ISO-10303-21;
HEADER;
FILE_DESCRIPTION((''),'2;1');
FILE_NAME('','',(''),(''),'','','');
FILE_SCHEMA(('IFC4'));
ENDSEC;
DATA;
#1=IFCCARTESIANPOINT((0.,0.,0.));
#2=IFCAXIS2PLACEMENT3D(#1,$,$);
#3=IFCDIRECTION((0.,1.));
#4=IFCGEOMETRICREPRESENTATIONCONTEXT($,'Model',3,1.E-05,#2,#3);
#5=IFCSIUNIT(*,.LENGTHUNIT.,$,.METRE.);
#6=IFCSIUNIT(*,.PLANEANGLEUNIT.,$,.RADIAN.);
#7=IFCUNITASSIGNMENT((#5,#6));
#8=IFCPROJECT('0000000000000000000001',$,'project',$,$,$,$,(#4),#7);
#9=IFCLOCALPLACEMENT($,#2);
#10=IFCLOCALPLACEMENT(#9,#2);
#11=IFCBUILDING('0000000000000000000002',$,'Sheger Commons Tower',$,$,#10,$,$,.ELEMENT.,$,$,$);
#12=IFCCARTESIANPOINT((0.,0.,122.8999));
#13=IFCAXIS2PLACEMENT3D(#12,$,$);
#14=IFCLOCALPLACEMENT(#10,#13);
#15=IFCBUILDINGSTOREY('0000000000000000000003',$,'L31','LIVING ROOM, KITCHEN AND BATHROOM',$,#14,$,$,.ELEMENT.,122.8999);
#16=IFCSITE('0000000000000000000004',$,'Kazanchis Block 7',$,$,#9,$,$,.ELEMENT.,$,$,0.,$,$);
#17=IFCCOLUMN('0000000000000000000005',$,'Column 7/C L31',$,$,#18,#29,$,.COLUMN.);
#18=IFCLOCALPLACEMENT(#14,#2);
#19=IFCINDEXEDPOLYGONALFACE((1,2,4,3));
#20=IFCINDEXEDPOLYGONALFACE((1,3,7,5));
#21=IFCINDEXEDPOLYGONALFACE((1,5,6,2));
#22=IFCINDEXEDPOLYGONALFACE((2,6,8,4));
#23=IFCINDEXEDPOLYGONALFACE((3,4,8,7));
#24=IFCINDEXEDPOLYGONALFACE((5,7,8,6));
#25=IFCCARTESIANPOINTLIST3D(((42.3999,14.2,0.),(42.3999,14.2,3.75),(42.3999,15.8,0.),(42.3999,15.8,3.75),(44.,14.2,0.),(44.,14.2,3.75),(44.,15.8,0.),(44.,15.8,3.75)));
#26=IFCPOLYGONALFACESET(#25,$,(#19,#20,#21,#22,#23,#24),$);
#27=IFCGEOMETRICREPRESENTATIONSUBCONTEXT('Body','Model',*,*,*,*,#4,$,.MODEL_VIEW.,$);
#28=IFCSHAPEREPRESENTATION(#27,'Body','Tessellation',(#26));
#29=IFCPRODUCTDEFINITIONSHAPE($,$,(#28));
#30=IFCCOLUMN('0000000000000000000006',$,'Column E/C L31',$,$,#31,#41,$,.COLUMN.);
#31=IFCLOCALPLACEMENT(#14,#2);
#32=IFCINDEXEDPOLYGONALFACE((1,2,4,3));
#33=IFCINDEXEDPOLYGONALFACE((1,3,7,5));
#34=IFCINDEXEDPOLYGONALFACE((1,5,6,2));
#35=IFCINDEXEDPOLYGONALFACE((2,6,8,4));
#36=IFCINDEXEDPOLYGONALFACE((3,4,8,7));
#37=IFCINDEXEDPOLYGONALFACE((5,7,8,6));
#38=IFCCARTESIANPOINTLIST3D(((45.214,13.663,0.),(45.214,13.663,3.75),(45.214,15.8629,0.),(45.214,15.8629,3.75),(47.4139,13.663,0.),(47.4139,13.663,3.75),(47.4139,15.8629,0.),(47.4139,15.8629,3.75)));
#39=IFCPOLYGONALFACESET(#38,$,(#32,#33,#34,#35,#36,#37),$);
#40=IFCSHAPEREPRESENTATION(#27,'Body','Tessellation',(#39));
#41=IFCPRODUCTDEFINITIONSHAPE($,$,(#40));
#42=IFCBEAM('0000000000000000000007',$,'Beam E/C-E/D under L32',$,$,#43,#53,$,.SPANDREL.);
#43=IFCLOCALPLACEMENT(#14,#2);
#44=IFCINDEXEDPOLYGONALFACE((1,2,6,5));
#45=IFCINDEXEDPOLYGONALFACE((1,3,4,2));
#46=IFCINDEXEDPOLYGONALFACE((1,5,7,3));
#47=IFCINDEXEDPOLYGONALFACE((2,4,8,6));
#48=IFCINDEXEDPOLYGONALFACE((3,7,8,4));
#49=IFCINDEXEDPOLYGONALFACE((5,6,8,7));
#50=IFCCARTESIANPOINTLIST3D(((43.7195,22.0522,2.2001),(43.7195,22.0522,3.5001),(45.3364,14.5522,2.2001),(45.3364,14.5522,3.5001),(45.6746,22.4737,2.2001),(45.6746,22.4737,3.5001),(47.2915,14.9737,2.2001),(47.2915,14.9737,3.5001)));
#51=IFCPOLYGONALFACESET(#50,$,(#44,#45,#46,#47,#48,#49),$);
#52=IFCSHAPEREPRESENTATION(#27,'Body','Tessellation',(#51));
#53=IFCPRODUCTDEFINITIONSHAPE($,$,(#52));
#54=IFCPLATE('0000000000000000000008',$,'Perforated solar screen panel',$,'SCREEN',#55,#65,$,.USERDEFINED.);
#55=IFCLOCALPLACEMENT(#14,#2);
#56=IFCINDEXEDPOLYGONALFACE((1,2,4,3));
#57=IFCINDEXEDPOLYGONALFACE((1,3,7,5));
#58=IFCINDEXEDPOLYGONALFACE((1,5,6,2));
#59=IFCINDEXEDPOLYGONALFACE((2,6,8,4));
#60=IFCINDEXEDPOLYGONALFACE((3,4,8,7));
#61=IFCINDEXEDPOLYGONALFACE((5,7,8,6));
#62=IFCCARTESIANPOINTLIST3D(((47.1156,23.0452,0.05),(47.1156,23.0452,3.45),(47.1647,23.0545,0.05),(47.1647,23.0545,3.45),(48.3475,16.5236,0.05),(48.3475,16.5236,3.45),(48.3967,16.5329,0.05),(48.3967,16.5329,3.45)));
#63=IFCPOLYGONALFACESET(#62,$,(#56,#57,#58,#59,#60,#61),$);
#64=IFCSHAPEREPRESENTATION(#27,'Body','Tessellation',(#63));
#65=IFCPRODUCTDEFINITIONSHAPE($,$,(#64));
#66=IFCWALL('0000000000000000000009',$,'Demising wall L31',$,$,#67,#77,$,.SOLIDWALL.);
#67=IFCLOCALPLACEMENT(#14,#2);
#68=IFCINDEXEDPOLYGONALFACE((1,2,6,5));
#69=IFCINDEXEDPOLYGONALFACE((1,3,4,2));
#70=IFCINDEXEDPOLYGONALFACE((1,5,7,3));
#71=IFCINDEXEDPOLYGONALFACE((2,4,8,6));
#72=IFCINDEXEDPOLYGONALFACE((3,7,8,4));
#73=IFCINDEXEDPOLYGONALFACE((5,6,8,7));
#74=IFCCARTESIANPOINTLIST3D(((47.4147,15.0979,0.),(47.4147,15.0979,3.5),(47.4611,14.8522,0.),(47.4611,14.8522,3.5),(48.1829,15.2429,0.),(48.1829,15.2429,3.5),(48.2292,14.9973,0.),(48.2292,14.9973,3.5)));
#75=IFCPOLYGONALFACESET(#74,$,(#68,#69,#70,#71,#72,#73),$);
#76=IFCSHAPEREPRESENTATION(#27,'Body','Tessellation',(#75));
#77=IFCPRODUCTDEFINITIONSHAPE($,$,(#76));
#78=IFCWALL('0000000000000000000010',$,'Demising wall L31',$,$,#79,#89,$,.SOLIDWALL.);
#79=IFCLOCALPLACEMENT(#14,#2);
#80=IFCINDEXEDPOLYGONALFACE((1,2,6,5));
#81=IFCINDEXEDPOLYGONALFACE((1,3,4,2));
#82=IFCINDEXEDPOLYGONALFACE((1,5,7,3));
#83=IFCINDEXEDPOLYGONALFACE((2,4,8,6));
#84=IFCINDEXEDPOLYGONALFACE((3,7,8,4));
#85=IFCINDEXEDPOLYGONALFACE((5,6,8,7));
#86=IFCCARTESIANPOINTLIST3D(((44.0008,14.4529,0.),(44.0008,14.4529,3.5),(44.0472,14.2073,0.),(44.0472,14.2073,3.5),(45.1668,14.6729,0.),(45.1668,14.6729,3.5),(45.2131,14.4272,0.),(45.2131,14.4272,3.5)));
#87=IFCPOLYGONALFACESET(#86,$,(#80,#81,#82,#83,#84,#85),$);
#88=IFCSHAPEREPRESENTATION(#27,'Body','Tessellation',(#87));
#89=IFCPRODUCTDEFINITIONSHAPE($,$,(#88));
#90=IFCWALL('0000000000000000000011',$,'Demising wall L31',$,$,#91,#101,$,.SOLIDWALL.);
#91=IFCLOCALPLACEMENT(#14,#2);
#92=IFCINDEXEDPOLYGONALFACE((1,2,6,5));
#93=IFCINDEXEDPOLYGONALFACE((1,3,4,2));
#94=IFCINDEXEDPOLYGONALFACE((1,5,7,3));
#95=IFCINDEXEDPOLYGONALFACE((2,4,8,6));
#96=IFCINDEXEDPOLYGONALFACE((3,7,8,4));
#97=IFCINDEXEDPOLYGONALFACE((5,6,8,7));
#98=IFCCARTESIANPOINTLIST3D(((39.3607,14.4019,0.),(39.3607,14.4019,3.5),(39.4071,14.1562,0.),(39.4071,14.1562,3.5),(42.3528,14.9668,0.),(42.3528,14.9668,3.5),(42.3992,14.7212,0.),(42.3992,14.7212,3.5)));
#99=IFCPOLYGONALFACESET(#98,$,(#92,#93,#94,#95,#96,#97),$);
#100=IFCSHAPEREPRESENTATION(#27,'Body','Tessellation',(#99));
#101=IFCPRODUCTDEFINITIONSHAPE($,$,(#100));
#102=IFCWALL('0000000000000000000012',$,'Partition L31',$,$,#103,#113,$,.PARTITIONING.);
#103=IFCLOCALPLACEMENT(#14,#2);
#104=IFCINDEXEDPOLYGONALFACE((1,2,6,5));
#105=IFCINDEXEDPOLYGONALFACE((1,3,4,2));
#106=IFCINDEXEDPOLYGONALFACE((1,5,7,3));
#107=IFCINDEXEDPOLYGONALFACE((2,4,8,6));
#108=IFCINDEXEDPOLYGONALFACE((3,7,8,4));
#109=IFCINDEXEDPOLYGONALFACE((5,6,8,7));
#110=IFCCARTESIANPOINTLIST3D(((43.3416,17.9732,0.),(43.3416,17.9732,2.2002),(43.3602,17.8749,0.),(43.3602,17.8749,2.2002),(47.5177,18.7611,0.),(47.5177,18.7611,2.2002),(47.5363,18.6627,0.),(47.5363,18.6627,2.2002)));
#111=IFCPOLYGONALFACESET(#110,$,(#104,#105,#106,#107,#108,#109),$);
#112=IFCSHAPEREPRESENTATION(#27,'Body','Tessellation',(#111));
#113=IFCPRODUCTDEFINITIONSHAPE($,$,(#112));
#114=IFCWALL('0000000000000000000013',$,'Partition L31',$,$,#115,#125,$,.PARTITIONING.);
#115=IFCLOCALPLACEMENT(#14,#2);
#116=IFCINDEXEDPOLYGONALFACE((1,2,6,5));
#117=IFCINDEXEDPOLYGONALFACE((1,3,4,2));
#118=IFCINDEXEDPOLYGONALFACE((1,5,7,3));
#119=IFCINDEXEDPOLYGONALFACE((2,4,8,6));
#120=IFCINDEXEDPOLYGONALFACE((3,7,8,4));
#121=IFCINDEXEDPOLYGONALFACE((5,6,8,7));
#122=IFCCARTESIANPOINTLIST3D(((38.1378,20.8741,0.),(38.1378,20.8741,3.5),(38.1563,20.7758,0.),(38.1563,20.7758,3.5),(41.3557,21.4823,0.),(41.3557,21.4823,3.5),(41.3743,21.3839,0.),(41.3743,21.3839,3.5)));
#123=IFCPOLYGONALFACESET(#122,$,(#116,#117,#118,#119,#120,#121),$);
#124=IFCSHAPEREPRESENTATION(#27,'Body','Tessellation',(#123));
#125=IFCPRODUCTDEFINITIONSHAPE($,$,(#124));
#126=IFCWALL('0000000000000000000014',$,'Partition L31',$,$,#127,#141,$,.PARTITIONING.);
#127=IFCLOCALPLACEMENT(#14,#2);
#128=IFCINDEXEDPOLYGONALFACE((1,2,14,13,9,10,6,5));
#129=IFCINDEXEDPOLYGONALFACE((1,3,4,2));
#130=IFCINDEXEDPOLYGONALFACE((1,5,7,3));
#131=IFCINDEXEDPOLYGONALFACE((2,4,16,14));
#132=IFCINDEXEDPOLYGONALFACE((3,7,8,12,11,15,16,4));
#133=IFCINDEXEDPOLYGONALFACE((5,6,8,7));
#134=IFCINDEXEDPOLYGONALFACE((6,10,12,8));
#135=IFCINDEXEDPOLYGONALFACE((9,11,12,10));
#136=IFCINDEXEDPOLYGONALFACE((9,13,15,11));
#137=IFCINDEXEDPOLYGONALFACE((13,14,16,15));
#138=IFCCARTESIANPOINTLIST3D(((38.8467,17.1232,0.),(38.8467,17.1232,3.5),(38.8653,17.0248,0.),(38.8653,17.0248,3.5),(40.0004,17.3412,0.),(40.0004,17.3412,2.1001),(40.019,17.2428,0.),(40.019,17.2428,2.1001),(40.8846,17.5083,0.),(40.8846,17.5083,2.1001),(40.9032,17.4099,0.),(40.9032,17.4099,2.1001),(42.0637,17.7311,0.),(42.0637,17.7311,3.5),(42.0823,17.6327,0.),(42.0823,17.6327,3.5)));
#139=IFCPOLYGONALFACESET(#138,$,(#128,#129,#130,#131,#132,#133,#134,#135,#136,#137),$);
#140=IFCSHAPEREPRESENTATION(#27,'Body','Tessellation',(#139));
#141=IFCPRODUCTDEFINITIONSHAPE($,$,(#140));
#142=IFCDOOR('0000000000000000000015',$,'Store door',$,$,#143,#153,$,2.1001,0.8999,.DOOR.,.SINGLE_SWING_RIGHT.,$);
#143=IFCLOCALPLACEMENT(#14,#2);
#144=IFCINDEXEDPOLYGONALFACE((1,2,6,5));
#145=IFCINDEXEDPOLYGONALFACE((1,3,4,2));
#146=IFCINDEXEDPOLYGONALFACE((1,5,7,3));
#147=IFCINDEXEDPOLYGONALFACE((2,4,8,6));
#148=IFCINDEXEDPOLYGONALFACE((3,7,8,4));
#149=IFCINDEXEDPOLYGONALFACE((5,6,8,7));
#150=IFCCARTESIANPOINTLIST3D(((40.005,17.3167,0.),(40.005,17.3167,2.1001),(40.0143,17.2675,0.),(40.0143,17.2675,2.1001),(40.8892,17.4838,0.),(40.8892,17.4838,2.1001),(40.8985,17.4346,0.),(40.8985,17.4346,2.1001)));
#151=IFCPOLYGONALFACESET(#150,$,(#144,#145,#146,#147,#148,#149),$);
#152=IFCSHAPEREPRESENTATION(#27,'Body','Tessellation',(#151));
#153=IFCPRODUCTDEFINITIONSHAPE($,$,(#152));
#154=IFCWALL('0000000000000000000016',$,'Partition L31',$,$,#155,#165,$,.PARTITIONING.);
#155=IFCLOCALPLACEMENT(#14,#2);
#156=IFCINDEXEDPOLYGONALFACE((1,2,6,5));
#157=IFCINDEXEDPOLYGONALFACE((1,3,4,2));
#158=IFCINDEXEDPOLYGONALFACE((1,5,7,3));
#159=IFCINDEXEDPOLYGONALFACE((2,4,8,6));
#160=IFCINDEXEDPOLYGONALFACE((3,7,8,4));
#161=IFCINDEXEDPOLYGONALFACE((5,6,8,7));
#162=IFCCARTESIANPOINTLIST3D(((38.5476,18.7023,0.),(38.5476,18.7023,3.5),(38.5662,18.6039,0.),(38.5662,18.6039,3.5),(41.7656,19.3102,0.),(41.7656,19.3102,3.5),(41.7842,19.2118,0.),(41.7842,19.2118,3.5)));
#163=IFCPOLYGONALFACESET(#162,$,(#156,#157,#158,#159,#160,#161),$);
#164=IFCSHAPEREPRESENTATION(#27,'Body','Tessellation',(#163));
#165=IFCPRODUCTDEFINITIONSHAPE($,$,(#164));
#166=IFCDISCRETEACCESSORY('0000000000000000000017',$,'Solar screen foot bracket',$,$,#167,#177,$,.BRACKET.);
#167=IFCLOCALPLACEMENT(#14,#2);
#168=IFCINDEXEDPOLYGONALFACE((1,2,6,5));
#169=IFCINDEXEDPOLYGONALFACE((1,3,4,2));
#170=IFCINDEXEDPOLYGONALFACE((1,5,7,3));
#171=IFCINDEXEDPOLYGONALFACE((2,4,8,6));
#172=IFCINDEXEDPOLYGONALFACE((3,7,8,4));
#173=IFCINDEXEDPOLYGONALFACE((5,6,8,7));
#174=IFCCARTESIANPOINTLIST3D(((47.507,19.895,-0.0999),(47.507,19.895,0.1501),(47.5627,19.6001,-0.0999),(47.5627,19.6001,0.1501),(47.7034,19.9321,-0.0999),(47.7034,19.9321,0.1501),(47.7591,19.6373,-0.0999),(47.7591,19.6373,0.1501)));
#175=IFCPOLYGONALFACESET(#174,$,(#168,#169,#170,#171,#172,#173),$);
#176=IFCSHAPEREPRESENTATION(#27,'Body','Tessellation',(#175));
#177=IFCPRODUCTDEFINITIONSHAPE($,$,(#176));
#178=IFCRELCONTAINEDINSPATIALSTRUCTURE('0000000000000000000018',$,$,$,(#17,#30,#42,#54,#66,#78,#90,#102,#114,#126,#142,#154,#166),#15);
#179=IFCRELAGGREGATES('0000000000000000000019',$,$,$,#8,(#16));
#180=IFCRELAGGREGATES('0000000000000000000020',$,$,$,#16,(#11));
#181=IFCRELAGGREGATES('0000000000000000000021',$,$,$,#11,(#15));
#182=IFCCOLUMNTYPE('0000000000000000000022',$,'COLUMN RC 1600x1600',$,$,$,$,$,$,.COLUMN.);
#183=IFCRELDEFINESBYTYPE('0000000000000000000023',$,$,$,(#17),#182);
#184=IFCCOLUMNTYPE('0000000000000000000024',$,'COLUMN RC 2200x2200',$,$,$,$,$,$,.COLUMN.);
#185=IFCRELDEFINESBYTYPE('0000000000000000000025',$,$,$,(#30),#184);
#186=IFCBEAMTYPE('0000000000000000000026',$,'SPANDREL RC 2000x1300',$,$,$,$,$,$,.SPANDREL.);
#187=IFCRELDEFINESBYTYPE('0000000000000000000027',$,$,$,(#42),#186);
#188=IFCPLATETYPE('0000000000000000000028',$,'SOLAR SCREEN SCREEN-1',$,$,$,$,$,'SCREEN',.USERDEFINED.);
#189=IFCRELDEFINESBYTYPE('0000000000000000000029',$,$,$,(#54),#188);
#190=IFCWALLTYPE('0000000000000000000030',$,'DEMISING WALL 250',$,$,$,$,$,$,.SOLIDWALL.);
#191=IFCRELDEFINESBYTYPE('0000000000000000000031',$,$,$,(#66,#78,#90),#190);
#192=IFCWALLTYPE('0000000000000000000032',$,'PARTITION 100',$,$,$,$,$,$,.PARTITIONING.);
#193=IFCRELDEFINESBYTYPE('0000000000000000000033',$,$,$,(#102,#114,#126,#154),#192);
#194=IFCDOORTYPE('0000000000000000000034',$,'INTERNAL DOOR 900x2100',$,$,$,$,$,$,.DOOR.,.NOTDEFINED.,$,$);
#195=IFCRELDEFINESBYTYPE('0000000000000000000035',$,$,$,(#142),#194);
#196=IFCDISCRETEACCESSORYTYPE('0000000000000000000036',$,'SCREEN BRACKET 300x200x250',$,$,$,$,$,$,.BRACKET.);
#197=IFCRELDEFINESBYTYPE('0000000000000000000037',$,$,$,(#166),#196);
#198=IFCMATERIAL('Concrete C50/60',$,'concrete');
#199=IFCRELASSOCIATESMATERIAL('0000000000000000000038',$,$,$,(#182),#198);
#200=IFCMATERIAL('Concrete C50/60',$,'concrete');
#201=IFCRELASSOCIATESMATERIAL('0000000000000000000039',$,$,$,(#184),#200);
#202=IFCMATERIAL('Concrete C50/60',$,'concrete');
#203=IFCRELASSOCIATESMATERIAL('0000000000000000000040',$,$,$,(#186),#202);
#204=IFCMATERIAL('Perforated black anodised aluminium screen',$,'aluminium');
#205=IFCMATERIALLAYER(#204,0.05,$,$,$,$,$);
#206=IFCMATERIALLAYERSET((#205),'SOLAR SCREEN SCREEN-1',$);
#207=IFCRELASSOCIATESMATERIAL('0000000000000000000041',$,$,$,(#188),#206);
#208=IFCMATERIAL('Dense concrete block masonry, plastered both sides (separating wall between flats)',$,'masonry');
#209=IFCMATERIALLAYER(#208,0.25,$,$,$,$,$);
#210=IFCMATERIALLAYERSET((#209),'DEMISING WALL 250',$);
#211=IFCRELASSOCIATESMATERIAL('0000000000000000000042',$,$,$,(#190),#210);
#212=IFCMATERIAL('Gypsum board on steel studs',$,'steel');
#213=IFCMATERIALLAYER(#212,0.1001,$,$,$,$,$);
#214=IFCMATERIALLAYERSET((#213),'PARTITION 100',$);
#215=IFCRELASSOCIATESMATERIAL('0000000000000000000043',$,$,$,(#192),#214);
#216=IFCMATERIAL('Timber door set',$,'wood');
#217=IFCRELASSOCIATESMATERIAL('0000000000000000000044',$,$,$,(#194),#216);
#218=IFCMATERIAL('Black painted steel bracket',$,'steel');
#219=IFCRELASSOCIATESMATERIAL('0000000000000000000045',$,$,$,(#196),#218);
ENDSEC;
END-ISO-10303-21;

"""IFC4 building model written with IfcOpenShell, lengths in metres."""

from ifc_helpers import new_model, si_unit, direction, frame, frame_2d, origin, origin_2d, place, context, subcontext, project, spatial, rectangle, extrude, material, layer, layer_set, material_profile, profile_set, type_object, element, fill, save


model = new_model("IFC4")

# Units and contexts
model_context = context("Model", 3, precision=1e-05, world=origin(), true_north=direction((0.0, 1.0)))
body_context = subcontext(model_context, "Body", "Model", "MODEL_VIEW")
ifc_project = project(units=[si_unit("LENGTHUNIT", "METRE"), si_unit("PLANEANGLEUNIT", "RADIAN")], contexts=[model_context])

# Site, building, storey
site_placement = place(None, origin())
site = spatial("IfcSite", under=ifc_project, at=site_placement, Name="Kazanchis Block 7", CompositionType="ELEMENT", RefElevation=0.0)
building_placement = place(site_placement, origin())
building = spatial("IfcBuilding", under=site, at=building_placement, Name="Sheger Commons Tower", CompositionType="ELEMENT")
storey_placement = place(building_placement, frame((0.0, 0.0, 122.8999)))
storey = spatial("IfcBuildingStorey", under=building, at=storey_placement, Name="L31", Description="LIVING ROOM, KITCHEN AND BATHROOM", CompositionType="ELEMENT", Elevation=122.8999)

# Columns
ifc_material_1 = material(Name="Concrete C50/60", Category="concrete")
ifc_material_profile_1 = material_profile(ifc_material_1, rectangle(XDim=1.6001, YDim=1.6001, at=origin_2d()), Name="RC 1600x1600")
ifc_profile_set_1 = profile_set([ifc_material_profile_1], Name="Concrete C50/60")
column_type_1 = type_object("IfcColumnType", Name="COLUMN RC 1600x1600", PredefinedType="COLUMN", material=ifc_profile_set_1)
column_1_placement = place(storey_placement, frame((43.2, 15.0, 0.0), z_axis=(0.0, 0.0, 1.0), x_axis=(1.0, 0.0, 0.0)))
element("IfcColumn", 1, at=column_1_placement, inside=storey, type_object=column_type_1, Name="Column 7/C L31", PredefinedType="COLUMN", context=body_context, shape_type="SweptSolid", body=[
    extrude(rectangle(XDim=1.6001, YDim=1.6001, at=origin_2d()), origin(), (0.0, 0.0, 1.0), 3.75),
])
ifc_material_2 = material(Name="Concrete C50/60", Category="concrete")
ifc_material_profile_2 = material_profile(ifc_material_2, rectangle(XDim=2.2, YDim=2.2, at=origin_2d()), Name="RC 2200x2200")
ifc_profile_set_2 = profile_set([ifc_material_profile_2], Name="Concrete C50/60")
column_type_2 = type_object("IfcColumnType", Name="COLUMN RC 2200x2200", PredefinedType="COLUMN", material=ifc_profile_set_2)
column_2_placement = place(storey_placement, frame((46.314, 14.7629, 0.0), z_axis=(0.0, 0.0, 1.0), x_axis=(1.0, 0.0, 0.0)))
element("IfcColumn", 2, at=column_2_placement, inside=storey, type_object=column_type_2, Name="Column E/C L31", PredefinedType="COLUMN", context=body_context, shape_type="SweptSolid", body=[
    extrude(rectangle(XDim=2.2, YDim=2.2, at=origin_2d()), origin(), (0.0, 0.0, 1.0), 3.75),
])

# Beam
ifc_material_3 = material(Name="Concrete C50/60", Category="concrete")
ifc_material_profile_3 = material_profile(ifc_material_3, rectangle(XDim=2.0, YDim=1.3, at=origin_2d()), Name="RC 2000x1300")
ifc_profile_set_3 = profile_set([ifc_material_profile_3], Name="Concrete C50/60")
beam_type = type_object("IfcBeamType", Name="SPANDREL RC 2000x1300", PredefinedType="SPANDREL", material=ifc_profile_set_3)
beam_placement = place(storey_placement, frame((46.314, 14.7629, 2.8501), z_axis=(-0.21075, 0.97754, 0.0), x_axis=(-0.97754, -0.21075, 0.0)))
element("IfcBeam", 3, at=beam_placement, inside=storey, type_object=beam_type, Name="Beam E/C-E/D under L32", PredefinedType="SPANDREL", context=body_context, shape_type="SweptSolid", body=[
    extrude(rectangle(XDim=2.0, YDim=1.3, at=origin_2d()), origin(), (0.0, 0.0, 1.0), 7.6724),
])

# Plate
ifc_material_4 = material(Name="Perforated black anodised aluminium screen", Category="aluminium")
ifc_layer_1 = layer(ifc_material_4, 0.05)
ifc_layer_set_1 = layer_set([ifc_layer_1], Name="SOLAR SCREEN SCREEN-1")
plate_type = type_object("IfcPlateType", Name="SOLAR SCREEN SCREEN-1", ElementType="SCREEN", PredefinedType="USERDEFINED", material=ifc_layer_set_1)
plate_placement = place(storey_placement, frame((47.7561, 19.7891, 0.05), z_axis=(0.0, 0.0, 1.0), x_axis=(-0.185615, 0.982623, 0.0)))
element("IfcPlate", 4, at=plate_placement, inside=storey, type_object=plate_type, Name="Perforated solar screen panel", ObjectType="SCREEN", PredefinedType="USERDEFINED", context=body_context, shape_type="SweptSolid", body=[
    extrude(rectangle(XDim=6.637, YDim=0.05, at=origin_2d()), origin(), (0.0, 0.0, 1.0), 3.3999),
])

# Walls
ifc_material_5 = material(Name="Dense concrete block masonry, plastered both sides (separating wall between flats)", Category="masonry")
ifc_layer_2 = layer(ifc_material_5, 0.25)
ifc_layer_set_2 = layer_set([ifc_layer_2], Name="DEMISING WALL 250")
wall_type_1 = type_object("IfcWallType", Name="DEMISING WALL 250", PredefinedType="SOLIDWALL", material=ifc_layer_set_2)
wall_1_placement = place(storey_placement, frame((48.2061, 15.1201, 0.0), z_axis=(0.0, 0.0, 1.0), x_axis=(-0.982638, -0.185533, 0.0)))
element("IfcWall", 5, at=wall_1_placement, inside=storey, type_object=wall_type_1, Name="Demising wall L31", PredefinedType="SOLIDWALL", context=body_context, shape_type="SweptSolid", body=[
    extrude(rectangle(XDim=0.7817, YDim=0.25, at=frame_2d((0.3909, 0.0))), origin(), (0.0, 0.0, 1.0), 3.5),
])
wall_2_placement = place(storey_placement, frame((45.1899, 14.55, 0.0), z_axis=(0.0, 0.0, 1.0), x_axis=(-0.982667, -0.185382, 0.0)))
element("IfcWall", 6, at=wall_2_placement, inside=storey, type_object=wall_type_1, Name="Demising wall L31", PredefinedType="SOLIDWALL", context=body_context, shape_type="SweptSolid", body=[
    extrude(rectangle(XDim=1.1865, YDim=0.25, at=frame_2d((0.5933, 0.0))), origin(), (0.0, 0.0, 1.0), 3.5),
])
wall_3_placement = place(storey_placement, frame((42.376, 14.844, 0.0), z_axis=(0.0, 0.0, 1.0), x_axis=(-0.982636, -0.185542, 0.0)))
element("IfcWall", 7, at=wall_3_placement, inside=storey, type_object=wall_type_1, Name="Demising wall L31", PredefinedType="SOLIDWALL", context=body_context, shape_type="SweptSolid", body=[
    extrude(rectangle(XDim=3.0449, YDim=0.25, at=frame_2d((1.5225, 0.0))), origin(), (0.0, 0.0, 1.0), 3.5),
])
ifc_material_6 = material(Name="Gypsum board on steel studs", Category="steel")
ifc_layer_3 = layer(ifc_material_6, 0.1001)
ifc_layer_set_3 = layer_set([ifc_layer_3], Name="PARTITION 100")
wall_type_2 = type_object("IfcWallType", Name="PARTITION 100", PredefinedType="PARTITIONING", material=ifc_layer_set_3)
wall_4_placement = place(storey_placement, frame((47.5271, 18.7119, 0.0), z_axis=(0.0, 0.0, 1.0), x_axis=(-0.982665, -0.185388, 0.0)))
element("IfcWall", 8, at=wall_4_placement, inside=storey, type_object=wall_type_2, Name="Partition L31", PredefinedType="PARTITIONING", context=body_context, shape_type="SweptSolid", body=[
    extrude(rectangle(XDim=4.2498, YDim=0.1001, at=frame_2d((2.125, 0.0))), origin(), (0.0, 0.0, 1.0), 2.2002),
])
wall_5_placement = place(storey_placement, frame((41.365, 21.4331, 0.0), z_axis=(0.0, 0.0, 1.0), x_axis=(-0.982607, -0.185697, 0.0)))
element("IfcWall", 9, at=wall_5_placement, inside=storey, type_object=wall_type_2, Name="Partition L31", PredefinedType="PARTITIONING", context=body_context, shape_type="SweptSolid", body=[
    extrude(rectangle(XDim=3.2749, YDim=0.1001, at=frame_2d((1.6375, 0.0))), origin(), (0.0, 0.0, 1.0), 3.5),
])

# Wall, opening, door
wall_6_placement = place(storey_placement, frame((42.073, 17.6819, 0.0), z_axis=(0.0, 0.0, 1.0), x_axis=(-0.98261, -0.18568, 0.0)))
wall_6 = element("IfcWall", 10, at=wall_6_placement, inside=storey, type_object=wall_type_2, Name="Partition L31", PredefinedType="PARTITIONING", context=body_context, shape_type="SweptSolid", body=[
    extrude(rectangle(XDim=3.2739, YDim=0.1001, at=frame_2d((1.637, 0.0))), origin(), (0.0, 0.0, 1.0), 3.5),
])
opening_placement = place(wall_6_placement, frame((1.2, 0.0, 0.0)))
opening = element("IfcOpeningElement", 11, at=opening_placement, cuts=wall_6, PredefinedType="OPENING", context=body_context, shape_type="SweptSolid", body=[
    extrude(rectangle(XDim=0.8999, YDim=2.1001, at=frame_2d((0.45, 1.05))), frame((0.0, 0.0601, 0.0), z_axis=(0.0, -1.0, 0.0), x_axis=(1.0, 0.0, 0.0)), (0.0, 0.0, 1.0), 0.1201),
])
ifc_material_7 = material(Name="Timber door set", Category="wood")
door_type = type_object("IfcDoorType", Name="INTERNAL DOOR 900x2100", OperationType="NOTDEFINED", PredefinedType="DOOR", material=ifc_material_7)
door_placement = place(opening_placement, origin())
door = element("IfcDoor", 12, at=door_placement, inside=storey, type_object=door_type, Name="Store door", OperationType="SINGLE_SWING_RIGHT", OverallHeight=2.1001, OverallWidth=0.8999, PredefinedType="DOOR", context=body_context, shape_type="SweptSolid", body=[
    extrude(rectangle(XDim=0.8999, YDim=2.1001, at=frame_2d((0.45, 1.05))), frame((0.0, 0.0249, 0.0), z_axis=(0.0, -1.0, 0.0), x_axis=(1.0, 0.0, 0.0)), (0.0, 0.0, 1.0), 0.05),
])
fill(opening, door)

# Wall
wall_7_placement = place(storey_placement, frame((41.7749, 19.261, 0.0), z_axis=(0.0, 0.0, 1.0), x_axis=(-0.982621, -0.185625, 0.0)))
element("IfcWall", 13, at=wall_7_placement, inside=storey, type_object=wall_type_2, Name="Partition L31", PredefinedType="PARTITIONING", context=body_context, shape_type="SweptSolid", body=[
    extrude(rectangle(XDim=3.2749, YDim=0.1001, at=frame_2d((1.6375, 0.0))), origin(), (0.0, 0.0, 1.0), 3.5),
])

# Discrete accessory
ifc_material_8 = material(Name="Black painted steel bracket", Category="steel")
discrete_accessory_type = type_object("IfcDiscreteAccessoryType", Name="SCREEN BRACKET 300x200x250", PredefinedType="BRACKET", material=ifc_material_8)
for number, where, z_axis, x_axis, name in (
    (14, (47.6331, 19.7661, -0.0999), (0.0, 0.0, 1.0), (-0.185615, 0.982623, 0.0), "Solar screen foot bracket"),
):
    element("IfcDiscreteAccessory", number, at=place(storey_placement, frame(where, z_axis=z_axis, x_axis=x_axis)), inside=storey, type_object=discrete_accessory_type, Name=name, PredefinedType="BRACKET", context=body_context, shape_type="SweptSolid", body=[
        extrude(rectangle(XDim=0.3, YDim=0.2, at=origin_2d()), origin(), (0.0, 0.0, 1.0), 0.25),
    ])

save(model, "model.ifc")
